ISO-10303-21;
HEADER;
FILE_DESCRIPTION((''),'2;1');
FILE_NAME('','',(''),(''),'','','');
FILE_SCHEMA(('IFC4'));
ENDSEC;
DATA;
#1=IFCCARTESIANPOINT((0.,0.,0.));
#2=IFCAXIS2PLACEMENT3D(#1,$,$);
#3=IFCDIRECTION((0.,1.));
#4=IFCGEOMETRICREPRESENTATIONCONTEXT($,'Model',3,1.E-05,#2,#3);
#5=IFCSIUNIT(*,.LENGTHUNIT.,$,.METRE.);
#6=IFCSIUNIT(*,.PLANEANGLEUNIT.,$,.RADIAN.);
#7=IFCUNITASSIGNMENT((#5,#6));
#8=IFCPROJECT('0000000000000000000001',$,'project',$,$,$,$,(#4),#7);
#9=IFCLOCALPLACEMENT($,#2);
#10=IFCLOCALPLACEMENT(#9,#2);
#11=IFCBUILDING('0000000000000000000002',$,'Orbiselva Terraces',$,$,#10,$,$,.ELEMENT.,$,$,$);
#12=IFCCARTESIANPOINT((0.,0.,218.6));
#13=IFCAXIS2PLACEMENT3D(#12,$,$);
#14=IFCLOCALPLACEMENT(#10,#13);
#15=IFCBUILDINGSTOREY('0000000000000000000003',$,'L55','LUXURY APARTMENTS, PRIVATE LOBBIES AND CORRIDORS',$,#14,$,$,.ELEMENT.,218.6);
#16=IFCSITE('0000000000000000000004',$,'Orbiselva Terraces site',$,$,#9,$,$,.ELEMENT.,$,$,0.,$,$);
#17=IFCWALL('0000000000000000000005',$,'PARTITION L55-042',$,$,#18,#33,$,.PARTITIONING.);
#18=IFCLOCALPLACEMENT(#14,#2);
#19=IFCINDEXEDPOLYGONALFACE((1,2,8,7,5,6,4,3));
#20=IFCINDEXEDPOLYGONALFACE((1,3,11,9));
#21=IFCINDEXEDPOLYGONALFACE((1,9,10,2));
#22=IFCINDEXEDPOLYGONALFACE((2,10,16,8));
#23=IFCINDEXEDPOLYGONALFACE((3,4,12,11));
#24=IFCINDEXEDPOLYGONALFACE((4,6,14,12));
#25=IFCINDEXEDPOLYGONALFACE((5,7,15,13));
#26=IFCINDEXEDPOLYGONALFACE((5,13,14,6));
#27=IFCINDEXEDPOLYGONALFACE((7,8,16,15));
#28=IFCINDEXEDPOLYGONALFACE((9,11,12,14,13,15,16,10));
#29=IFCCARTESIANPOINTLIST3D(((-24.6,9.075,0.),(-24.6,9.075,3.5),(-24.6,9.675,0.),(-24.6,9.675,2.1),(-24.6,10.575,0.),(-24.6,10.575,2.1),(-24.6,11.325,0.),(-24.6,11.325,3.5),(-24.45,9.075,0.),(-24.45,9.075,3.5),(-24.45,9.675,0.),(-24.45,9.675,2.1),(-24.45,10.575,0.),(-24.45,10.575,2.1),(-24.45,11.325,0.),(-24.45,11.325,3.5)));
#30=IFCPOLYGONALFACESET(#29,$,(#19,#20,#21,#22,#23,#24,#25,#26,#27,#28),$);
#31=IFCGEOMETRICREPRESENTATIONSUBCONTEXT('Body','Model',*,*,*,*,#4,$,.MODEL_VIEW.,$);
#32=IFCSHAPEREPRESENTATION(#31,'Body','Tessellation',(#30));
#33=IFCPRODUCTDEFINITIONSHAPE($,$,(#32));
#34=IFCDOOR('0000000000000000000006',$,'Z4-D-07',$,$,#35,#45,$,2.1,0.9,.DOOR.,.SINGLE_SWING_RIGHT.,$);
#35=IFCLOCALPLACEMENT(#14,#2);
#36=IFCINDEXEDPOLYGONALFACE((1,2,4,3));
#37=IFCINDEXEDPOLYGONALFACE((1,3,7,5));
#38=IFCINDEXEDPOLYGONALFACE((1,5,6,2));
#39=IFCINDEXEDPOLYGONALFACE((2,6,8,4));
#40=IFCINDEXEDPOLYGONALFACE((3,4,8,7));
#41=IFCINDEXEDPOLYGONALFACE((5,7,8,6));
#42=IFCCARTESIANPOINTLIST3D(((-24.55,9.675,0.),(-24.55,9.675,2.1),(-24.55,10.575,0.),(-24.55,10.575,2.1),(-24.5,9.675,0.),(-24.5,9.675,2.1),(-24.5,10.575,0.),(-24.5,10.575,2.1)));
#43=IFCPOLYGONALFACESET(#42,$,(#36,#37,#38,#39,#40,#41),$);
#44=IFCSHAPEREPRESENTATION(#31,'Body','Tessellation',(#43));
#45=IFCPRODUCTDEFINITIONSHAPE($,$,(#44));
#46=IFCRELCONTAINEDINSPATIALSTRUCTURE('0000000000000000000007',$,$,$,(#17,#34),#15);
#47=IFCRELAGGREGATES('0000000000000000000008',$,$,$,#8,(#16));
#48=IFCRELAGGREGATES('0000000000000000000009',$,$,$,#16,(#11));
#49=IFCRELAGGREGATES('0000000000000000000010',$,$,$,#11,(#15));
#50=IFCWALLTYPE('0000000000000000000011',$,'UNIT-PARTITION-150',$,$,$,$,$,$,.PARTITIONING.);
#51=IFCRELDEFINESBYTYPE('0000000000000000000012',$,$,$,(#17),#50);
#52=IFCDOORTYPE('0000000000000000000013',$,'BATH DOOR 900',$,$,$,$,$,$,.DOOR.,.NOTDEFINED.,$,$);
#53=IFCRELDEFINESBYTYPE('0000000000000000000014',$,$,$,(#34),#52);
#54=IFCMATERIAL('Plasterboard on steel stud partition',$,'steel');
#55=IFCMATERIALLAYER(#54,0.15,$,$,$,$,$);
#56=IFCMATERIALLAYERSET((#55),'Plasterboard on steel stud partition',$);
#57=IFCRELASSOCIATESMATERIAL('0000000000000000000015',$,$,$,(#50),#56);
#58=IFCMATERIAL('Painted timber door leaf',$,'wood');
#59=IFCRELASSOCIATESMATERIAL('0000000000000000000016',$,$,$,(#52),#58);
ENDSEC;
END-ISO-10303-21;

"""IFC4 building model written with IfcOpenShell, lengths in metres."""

from ifc_helpers import new_model, si_unit, direction, frame, frame_2d, origin, place, context, subcontext, project, spatial, rectangle, extrude, material, layer, layer_set, type_object, element, fill, save


model = new_model("IFC4")

# Units and contexts
model_context = context("Model", 3, precision=1e-05, world=origin(), true_north=direction((0.0, 1.0)))
body_context = subcontext(model_context, "Body", "Model", "MODEL_VIEW")
ifc_project = project(units=[si_unit("LENGTHUNIT", "METRE"), si_unit("PLANEANGLEUNIT", "RADIAN")], contexts=[model_context])

# Site, building, storey
site_placement = place(None, origin())
site = spatial("IfcSite", under=ifc_project, at=site_placement, Name="Orbiselva Terraces site", CompositionType="ELEMENT", RefElevation=0.0)
building_placement = place(site_placement, origin())
building = spatial("IfcBuilding", under=site, at=building_placement, Name="Orbiselva Terraces", CompositionType="ELEMENT")
storey_placement = place(building_placement, frame((0.0, 0.0, 218.6)))
storey = spatial("IfcBuildingStorey", under=building, at=storey_placement, Name="L55", Description="LUXURY APARTMENTS, PRIVATE LOBBIES AND CORRIDORS", CompositionType="ELEMENT", Elevation=218.6)

# Shared definitions
ifc_material_1 = material(Name="Plasterboard on steel stud partition", Category="steel")
ifc_layer_1 = layer(ifc_material_1, 0.15)
ifc_layer_set_1 = layer_set([ifc_layer_1], Name="Plasterboard on steel stud partition")
wall_type_1 = type_object("IfcWallType", Name="UNIT-PARTITION-150", PredefinedType="PARTITIONING", material=ifc_layer_set_1)

# Wall, opening, door
ifc_material_2 = material(Name="Painted timber door leaf", Category="wood")
door_type_1 = type_object("IfcDoorType", Name="BATH DOOR 900", OperationType="NOTDEFINED", PredefinedType="DOOR", material=ifc_material_2)
wall_1_placement = place(storey_placement, frame((-24.525, 11.325, 0.0), z_axis=(0.0, 0.0, 1.0), x_axis=(0.0, -1.0, 0.0)))
wall_1 = element("IfcWall", 1, at=wall_1_placement, inside=storey, type_object=wall_type_1, Name="PARTITION L55-042", PredefinedType="PARTITIONING", context=body_context, shape_type="SweptSolid", body=[
    extrude(rectangle(XDim=2.25, YDim=0.15, at=frame_2d((1.125, 0.0))), origin(), (0.0, 0.0, 1.0), 3.5),
])
opening_1_placement = place(wall_1_placement, frame((0.75, 0.0, 0.0)))
opening_1 = element("IfcOpeningElement", 2, at=opening_1_placement, cuts=wall_1, PredefinedType="OPENING", context=body_context, shape_type="SweptSolid", body=[
    extrude(rectangle(XDim=0.9, YDim=2.1, at=frame_2d((0.45, 1.05))), frame((0.0, 0.085, 0.0), z_axis=(0.0, -1.0, 0.0), x_axis=(1.0, 0.0, 0.0)), (0.0, 0.0, 1.0), 0.17),
])
door_1_placement = place(opening_1_placement, origin())
door_1 = element("IfcDoor", 3, at=door_1_placement, inside=storey, type_object=door_type_1, Name="Z4-D-07", OperationType="SINGLE_SWING_RIGHT", OverallHeight=2.1, OverallWidth=0.9, PredefinedType="DOOR", context=body_context, shape_type="SweptSolid", body=[
    extrude(rectangle(XDim=0.9, YDim=2.1, at=frame_2d((0.45, 1.05))), frame((0.0, 0.025, 0.0), z_axis=(0.0, -1.0, 0.0), x_axis=(1.0, 0.0, 0.0)), (0.0, 0.0, 1.0), 0.05),
])
fill(opening_1, door_1)

save(model, "model.ifc")
